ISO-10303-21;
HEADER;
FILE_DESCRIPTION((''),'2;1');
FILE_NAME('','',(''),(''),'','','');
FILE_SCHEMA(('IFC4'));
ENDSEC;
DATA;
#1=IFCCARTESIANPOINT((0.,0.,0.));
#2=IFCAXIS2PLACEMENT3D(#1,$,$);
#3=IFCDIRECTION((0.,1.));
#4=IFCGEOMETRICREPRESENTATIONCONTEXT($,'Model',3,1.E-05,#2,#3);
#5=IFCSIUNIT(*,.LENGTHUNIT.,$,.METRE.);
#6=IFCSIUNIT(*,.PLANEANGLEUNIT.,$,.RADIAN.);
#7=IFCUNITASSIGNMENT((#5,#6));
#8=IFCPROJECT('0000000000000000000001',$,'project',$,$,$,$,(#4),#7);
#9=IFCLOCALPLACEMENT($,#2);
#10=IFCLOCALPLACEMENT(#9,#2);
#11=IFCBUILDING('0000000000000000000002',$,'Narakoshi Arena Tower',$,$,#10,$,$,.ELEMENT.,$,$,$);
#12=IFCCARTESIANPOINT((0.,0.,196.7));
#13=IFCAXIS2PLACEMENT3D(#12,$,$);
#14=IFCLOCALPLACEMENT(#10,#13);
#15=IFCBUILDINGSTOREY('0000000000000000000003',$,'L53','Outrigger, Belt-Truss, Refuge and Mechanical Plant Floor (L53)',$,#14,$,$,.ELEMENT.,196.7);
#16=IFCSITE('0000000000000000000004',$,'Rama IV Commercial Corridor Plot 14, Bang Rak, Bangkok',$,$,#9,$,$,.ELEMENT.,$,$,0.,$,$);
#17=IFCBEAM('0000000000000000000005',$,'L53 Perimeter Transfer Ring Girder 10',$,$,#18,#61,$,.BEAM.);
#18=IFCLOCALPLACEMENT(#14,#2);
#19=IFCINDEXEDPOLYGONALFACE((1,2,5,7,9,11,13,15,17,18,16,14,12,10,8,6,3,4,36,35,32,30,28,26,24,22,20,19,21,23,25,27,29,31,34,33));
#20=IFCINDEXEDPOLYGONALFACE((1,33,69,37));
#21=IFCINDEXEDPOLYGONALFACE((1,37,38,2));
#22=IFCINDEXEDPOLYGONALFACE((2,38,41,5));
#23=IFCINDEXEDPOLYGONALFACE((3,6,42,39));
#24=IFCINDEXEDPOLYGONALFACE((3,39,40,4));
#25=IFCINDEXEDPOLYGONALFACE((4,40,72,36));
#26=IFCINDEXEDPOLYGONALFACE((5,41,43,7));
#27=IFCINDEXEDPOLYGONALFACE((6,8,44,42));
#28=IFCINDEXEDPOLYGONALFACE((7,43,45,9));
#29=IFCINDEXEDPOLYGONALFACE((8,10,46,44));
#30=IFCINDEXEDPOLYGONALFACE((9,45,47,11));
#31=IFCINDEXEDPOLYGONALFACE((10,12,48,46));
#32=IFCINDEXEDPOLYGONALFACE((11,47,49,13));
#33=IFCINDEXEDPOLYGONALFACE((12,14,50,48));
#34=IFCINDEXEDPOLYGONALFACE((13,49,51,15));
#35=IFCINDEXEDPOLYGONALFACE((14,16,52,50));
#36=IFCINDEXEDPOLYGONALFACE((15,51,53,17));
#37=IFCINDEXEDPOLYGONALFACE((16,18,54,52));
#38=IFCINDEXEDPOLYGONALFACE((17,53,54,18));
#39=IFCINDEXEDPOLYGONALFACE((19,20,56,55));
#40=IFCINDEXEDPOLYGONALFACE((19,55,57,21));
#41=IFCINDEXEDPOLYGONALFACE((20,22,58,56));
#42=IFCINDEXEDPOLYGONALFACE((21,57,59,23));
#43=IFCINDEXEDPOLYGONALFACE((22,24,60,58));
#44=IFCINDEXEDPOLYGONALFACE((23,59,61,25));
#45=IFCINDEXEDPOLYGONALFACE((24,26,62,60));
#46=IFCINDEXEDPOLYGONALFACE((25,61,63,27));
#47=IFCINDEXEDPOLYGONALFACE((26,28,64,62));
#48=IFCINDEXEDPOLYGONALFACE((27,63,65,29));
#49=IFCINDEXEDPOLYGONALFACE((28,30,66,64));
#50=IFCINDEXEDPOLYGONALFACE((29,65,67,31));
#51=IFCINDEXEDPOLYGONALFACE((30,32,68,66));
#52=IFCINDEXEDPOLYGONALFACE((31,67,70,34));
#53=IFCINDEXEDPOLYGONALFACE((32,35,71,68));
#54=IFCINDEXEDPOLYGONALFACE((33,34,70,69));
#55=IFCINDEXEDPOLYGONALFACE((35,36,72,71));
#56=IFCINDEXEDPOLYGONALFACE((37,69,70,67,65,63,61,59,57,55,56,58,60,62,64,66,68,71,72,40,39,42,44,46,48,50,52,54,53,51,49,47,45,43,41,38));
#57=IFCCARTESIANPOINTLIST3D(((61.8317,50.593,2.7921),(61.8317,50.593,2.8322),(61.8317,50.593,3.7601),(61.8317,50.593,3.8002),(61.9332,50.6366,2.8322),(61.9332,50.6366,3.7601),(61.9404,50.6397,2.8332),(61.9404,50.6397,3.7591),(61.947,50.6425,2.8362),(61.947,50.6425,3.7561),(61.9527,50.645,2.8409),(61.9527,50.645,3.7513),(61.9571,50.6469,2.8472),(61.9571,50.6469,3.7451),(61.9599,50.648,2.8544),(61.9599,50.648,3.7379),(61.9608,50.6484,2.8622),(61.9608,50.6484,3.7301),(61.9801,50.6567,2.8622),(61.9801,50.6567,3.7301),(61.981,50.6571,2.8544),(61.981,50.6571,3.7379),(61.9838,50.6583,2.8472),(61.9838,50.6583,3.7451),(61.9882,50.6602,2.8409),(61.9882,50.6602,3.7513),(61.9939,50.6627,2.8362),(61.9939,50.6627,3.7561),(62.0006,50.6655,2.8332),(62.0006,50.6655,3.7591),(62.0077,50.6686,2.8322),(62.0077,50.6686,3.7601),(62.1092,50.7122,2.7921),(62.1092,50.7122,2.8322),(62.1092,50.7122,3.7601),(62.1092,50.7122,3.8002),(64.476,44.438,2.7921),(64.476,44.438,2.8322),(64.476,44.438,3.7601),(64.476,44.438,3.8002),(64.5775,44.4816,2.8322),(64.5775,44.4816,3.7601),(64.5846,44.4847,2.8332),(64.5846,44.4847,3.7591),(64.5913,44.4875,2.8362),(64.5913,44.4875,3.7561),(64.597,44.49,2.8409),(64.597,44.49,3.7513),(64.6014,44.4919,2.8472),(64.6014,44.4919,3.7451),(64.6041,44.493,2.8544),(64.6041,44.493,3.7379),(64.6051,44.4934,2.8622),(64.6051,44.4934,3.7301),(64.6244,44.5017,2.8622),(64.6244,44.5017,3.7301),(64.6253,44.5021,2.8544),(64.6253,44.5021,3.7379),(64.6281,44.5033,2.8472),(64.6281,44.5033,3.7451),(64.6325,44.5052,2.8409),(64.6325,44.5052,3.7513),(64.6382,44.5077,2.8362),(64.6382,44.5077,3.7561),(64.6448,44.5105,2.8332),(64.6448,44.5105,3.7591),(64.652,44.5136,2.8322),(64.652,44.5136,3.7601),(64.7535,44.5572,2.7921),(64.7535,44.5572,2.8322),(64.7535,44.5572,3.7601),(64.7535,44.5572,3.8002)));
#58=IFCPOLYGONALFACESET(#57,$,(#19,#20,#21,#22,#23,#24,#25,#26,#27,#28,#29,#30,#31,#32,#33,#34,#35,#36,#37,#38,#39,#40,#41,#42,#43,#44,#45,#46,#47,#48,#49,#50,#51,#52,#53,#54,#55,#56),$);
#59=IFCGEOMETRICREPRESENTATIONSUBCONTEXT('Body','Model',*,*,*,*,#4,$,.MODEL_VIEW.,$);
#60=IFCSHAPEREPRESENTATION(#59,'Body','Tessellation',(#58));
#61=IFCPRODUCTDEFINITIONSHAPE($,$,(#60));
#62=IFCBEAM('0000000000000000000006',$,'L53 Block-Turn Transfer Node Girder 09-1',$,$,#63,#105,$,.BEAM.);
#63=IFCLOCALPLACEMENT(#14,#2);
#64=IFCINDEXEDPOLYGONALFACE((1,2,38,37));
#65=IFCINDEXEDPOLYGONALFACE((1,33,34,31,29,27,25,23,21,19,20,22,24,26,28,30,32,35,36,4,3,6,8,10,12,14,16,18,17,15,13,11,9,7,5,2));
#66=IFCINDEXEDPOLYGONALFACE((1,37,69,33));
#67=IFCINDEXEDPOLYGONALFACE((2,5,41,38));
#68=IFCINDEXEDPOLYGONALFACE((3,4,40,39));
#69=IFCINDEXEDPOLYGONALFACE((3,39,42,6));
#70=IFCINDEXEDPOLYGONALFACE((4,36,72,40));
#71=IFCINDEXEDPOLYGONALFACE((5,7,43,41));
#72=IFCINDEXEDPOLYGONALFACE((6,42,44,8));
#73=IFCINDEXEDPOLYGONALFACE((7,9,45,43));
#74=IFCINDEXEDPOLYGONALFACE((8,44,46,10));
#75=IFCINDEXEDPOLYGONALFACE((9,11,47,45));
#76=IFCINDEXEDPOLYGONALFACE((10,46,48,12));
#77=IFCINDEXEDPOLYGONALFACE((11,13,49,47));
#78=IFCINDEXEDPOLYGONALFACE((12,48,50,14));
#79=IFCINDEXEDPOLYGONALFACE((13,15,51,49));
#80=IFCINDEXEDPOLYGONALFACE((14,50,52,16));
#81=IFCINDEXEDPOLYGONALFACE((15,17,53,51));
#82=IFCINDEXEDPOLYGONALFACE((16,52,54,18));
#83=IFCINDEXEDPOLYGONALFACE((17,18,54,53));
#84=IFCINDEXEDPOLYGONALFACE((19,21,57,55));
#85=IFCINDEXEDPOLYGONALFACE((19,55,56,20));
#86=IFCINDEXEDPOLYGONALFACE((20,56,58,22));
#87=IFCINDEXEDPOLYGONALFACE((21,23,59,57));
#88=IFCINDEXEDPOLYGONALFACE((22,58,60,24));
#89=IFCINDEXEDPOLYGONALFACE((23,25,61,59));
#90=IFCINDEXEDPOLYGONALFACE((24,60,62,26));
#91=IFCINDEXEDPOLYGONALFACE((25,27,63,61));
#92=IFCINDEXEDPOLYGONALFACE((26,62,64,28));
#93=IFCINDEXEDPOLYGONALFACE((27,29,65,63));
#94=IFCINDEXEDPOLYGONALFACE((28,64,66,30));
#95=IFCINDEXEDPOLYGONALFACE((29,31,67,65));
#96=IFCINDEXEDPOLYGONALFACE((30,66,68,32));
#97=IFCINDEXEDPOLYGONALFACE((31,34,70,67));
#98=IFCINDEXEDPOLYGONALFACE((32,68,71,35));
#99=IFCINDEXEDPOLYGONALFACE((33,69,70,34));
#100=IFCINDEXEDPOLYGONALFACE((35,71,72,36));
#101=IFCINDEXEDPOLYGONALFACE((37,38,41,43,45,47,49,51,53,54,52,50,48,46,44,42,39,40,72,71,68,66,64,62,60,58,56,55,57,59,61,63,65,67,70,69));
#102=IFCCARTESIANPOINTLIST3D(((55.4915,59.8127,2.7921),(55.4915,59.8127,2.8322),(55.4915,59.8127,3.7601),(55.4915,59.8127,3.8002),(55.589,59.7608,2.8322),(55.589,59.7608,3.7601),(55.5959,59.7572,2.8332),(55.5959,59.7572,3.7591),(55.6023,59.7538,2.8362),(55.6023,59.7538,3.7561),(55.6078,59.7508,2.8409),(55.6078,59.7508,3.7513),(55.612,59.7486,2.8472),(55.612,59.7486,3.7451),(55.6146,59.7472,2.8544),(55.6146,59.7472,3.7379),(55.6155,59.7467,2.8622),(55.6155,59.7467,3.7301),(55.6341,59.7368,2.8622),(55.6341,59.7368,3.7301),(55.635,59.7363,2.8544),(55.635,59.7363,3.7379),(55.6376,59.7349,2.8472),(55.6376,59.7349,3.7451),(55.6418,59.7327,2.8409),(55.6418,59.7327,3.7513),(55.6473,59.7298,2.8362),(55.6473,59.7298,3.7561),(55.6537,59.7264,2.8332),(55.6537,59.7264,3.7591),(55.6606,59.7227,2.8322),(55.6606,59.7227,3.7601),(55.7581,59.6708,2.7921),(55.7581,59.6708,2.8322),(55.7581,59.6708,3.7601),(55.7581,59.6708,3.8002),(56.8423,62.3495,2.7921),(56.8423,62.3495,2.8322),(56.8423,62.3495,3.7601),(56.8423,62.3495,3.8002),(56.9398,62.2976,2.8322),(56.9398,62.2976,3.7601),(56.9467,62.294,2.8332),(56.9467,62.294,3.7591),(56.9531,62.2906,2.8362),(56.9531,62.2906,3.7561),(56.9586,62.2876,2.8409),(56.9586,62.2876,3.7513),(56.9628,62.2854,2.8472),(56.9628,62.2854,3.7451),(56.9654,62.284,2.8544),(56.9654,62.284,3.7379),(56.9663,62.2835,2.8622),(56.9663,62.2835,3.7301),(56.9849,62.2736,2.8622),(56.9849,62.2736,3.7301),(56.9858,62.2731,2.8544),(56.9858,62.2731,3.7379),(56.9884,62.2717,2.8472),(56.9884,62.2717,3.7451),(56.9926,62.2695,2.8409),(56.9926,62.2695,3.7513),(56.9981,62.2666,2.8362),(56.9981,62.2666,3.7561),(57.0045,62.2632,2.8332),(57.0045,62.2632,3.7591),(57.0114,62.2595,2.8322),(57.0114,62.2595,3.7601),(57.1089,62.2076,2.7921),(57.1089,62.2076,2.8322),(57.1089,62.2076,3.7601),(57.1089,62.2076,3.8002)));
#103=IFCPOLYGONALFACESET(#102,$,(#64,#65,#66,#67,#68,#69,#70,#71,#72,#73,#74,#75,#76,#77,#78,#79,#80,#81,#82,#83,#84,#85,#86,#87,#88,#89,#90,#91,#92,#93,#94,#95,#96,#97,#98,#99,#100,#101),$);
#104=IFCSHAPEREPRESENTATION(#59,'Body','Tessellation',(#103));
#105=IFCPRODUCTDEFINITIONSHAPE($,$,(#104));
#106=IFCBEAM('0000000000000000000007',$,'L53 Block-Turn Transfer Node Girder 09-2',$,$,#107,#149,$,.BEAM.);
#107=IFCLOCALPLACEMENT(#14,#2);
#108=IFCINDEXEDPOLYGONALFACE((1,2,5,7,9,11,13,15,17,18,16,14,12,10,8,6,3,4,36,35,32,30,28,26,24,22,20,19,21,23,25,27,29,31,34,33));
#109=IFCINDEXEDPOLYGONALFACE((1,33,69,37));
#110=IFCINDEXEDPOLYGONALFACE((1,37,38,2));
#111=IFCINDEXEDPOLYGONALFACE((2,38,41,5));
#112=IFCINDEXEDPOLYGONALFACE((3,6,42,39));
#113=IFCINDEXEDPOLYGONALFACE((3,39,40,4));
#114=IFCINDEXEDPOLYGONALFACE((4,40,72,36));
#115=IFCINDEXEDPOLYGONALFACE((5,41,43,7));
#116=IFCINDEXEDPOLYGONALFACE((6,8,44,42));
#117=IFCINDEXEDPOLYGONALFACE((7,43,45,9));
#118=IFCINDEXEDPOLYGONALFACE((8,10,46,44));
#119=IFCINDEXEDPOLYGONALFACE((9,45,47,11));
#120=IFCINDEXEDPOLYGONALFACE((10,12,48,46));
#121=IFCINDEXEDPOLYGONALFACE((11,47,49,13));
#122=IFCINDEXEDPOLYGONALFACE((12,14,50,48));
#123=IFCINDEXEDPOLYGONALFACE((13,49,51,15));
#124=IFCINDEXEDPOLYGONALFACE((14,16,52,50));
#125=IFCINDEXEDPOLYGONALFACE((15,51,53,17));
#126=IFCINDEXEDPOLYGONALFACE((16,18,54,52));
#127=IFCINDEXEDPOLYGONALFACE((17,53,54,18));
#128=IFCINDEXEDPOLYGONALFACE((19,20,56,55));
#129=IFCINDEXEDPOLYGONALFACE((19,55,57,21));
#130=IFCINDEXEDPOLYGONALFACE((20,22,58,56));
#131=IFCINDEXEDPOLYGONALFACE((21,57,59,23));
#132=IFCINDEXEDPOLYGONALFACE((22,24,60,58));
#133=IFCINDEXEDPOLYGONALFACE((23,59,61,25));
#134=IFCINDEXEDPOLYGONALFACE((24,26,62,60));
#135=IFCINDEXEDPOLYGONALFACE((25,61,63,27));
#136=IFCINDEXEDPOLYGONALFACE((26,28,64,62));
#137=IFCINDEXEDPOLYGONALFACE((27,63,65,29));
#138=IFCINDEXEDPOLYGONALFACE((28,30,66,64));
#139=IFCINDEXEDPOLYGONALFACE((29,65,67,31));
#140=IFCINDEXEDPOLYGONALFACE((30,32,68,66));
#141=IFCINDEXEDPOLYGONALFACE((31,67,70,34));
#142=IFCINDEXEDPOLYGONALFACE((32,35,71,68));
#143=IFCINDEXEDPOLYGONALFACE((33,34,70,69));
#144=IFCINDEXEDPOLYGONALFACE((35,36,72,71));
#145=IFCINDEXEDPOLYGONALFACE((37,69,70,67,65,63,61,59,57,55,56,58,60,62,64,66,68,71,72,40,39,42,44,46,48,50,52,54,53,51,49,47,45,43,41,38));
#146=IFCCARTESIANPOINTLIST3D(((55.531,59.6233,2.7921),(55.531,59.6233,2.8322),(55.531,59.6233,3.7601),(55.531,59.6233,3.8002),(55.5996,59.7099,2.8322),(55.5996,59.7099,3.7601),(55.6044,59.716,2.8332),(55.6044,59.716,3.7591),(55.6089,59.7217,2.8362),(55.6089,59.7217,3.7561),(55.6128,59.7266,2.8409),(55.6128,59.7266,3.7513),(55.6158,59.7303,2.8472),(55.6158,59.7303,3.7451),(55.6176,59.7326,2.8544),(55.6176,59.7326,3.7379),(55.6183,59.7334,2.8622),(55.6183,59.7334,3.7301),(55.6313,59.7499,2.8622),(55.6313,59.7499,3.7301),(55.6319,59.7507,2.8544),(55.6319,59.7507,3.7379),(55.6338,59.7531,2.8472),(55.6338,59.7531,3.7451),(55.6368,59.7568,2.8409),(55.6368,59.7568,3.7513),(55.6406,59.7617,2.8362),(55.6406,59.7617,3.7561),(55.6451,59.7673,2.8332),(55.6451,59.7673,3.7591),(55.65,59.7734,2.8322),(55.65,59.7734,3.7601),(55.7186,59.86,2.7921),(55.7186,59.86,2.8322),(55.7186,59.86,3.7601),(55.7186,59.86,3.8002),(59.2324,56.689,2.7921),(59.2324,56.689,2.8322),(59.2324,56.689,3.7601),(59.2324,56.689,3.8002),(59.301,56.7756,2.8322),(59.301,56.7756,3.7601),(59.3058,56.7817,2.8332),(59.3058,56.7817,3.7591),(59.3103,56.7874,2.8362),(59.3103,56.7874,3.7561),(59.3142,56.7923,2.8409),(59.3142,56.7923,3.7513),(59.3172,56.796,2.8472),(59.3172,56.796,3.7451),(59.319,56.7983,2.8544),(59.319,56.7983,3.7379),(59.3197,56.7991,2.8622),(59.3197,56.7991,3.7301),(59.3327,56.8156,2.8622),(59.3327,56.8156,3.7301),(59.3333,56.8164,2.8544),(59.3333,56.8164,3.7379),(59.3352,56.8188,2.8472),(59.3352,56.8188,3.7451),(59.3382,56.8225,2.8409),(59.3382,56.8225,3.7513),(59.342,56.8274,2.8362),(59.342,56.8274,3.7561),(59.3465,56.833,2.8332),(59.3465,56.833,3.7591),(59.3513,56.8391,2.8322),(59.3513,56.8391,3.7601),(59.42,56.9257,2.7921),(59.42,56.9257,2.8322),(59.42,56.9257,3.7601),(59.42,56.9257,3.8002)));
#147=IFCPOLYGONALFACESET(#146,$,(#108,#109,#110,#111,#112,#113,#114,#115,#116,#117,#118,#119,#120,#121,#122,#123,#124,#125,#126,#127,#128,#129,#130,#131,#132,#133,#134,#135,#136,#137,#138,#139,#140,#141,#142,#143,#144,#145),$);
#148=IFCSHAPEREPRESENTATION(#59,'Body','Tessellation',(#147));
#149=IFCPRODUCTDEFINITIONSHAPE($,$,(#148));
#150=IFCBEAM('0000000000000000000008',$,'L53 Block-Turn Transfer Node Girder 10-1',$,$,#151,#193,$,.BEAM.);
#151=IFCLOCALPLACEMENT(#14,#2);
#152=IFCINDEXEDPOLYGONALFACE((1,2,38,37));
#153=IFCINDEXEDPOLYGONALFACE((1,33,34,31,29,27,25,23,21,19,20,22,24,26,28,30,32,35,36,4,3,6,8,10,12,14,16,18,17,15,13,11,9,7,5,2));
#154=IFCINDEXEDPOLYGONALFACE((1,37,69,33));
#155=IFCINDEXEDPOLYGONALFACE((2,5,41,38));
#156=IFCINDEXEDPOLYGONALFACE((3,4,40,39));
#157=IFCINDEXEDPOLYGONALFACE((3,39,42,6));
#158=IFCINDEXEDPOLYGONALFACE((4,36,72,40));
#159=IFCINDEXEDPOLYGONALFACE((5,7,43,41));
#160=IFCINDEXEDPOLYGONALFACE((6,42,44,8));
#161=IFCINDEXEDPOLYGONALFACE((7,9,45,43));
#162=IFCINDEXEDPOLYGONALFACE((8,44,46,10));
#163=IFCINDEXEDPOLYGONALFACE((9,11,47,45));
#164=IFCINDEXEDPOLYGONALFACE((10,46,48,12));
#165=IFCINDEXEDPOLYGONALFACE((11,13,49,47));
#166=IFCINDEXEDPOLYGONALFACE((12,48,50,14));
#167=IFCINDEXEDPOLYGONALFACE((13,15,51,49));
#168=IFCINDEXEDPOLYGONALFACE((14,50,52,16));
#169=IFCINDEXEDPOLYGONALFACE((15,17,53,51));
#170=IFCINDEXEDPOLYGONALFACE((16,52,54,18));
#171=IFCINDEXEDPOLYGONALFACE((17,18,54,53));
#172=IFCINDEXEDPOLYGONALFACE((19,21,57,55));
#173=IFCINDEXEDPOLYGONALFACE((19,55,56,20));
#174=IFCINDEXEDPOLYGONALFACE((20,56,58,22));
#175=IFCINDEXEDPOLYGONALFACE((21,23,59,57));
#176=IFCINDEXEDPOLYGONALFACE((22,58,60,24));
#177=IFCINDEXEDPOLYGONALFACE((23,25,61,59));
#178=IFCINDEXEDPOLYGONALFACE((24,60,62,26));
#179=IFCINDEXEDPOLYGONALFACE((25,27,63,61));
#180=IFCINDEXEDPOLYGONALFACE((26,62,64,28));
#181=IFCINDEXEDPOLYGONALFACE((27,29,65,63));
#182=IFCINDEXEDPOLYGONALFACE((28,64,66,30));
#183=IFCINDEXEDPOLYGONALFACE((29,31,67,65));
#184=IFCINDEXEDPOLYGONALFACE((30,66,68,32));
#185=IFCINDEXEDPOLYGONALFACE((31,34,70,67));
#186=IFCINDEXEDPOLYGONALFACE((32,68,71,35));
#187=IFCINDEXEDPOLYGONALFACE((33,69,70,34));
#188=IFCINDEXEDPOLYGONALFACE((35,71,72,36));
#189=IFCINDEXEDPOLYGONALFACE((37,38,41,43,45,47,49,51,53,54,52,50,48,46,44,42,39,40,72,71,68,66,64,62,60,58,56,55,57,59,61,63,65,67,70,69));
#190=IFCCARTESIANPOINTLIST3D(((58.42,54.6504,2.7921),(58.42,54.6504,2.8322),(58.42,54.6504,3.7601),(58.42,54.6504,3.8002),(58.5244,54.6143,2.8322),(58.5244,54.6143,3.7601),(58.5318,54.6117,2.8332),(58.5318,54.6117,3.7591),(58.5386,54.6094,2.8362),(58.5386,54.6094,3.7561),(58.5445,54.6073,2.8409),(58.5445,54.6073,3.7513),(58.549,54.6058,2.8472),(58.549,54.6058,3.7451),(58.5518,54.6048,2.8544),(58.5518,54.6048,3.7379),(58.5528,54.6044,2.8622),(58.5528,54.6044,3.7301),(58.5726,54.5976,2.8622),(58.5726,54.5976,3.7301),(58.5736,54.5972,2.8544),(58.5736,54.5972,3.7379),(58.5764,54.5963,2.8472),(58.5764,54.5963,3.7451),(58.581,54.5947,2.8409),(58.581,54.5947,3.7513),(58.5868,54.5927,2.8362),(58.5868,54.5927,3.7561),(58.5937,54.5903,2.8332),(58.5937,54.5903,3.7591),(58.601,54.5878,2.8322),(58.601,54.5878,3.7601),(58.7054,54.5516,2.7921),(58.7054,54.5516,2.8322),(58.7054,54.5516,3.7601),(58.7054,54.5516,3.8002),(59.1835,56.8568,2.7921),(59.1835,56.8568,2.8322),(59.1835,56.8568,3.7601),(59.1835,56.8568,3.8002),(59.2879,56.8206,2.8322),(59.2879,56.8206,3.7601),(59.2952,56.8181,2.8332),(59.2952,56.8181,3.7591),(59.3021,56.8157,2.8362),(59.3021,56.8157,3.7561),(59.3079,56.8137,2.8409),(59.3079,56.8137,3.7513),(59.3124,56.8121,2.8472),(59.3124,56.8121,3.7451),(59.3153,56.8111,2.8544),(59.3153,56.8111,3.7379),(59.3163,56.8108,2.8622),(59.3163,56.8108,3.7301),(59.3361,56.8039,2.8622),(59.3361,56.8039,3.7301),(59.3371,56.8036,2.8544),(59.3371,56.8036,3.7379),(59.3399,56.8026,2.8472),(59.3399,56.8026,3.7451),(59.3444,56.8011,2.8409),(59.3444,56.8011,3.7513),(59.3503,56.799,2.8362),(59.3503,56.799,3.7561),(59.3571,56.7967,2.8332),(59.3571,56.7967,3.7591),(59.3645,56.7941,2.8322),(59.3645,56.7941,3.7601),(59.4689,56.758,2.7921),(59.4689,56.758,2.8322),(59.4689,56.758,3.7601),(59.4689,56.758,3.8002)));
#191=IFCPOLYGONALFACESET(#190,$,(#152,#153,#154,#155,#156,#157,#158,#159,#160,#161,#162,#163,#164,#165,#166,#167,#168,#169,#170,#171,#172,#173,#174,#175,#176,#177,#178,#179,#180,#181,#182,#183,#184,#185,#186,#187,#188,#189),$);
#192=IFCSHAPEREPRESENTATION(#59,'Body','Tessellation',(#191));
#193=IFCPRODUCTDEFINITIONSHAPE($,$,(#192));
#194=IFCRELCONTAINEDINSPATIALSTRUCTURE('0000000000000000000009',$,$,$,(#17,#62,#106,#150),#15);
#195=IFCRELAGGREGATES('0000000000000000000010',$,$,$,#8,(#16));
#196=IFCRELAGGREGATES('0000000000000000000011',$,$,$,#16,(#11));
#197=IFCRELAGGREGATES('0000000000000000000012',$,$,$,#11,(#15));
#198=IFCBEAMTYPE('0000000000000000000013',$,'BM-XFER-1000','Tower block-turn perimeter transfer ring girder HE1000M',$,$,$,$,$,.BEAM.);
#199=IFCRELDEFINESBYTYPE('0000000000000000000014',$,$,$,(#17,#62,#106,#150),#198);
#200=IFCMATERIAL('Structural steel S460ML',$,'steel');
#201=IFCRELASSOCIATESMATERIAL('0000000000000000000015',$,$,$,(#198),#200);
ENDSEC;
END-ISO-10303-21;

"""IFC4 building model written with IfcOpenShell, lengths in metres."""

from ifc_helpers import new_model, si_unit, direction, frame, origin, origin_2d, place, context, subcontext, project, spatial, i_section, extrude, material, material_profile, profile_set, type_object, element, save


model = new_model("IFC4")

# Units and contexts
model_context = context("Model", 3, precision=1e-05, world=origin(), true_north=direction((0.0, 1.0)))
body_context = subcontext(model_context, "Body", "Model", "MODEL_VIEW")
ifc_project = project(units=[si_unit("LENGTHUNIT", "METRE"), si_unit("PLANEANGLEUNIT", "RADIAN")], contexts=[model_context])

# Site, building, storey
site_placement = place(None, origin())
site = spatial("IfcSite", under=ifc_project, at=site_placement, Name="Rama IV Commercial Corridor Plot 14, Bang Rak, Bangkok", CompositionType="ELEMENT", RefElevation=0.0)
building_placement = place(site_placement, origin())
building = spatial("IfcBuilding", under=site, at=building_placement, Name="Narakoshi Arena Tower", CompositionType="ELEMENT")
storey_placement = place(building_placement, frame((0.0, 0.0, 196.7)))
storey = spatial("IfcBuildingStorey", under=building, at=storey_placement, Name="L53", Description="Outrigger, Belt-Truss, Refuge and Mechanical Plant Floor (L53)", CompositionType="ELEMENT", Elevation=196.7)

# Shared definitions
ifc_material_1 = material(Name="Structural steel S460ML", Category="steel")

# Beams
ifc_material_profile_1 = material_profile(ifc_material_1, i_section(OverallWidth=0.302, OverallDepth=1.0081, WebThickness=0.021, FlangeThickness=0.04, FilletRadius=0.03, at=origin_2d()), Name="HE1000M")
ifc_profile_set_1 = profile_set([ifc_material_profile_1], Name="Structural steel S460ML")
beam_type_1 = type_object("IfcBeamType", Name="BM-XFER-1000", Description="Tower block-turn perimeter transfer ring girder HE1000M", PredefinedType="BEAM", material=ifc_profile_set_1)
beam_1_placement = place(storey_placement, frame((61.9705, 50.6526, 3.2961), z_axis=(0.394728, -0.918798, 0.0), x_axis=(0.918798, 0.394728, 0.0)))
element("IfcBeam", 1, at=beam_1_placement, inside=storey, type_object=beam_type_1, Name="L53 Perimeter Transfer Ring Girder 10", PredefinedType="BEAM", context=body_context, shape_type="SweptSolid", body=[
    extrude(i_section(OverallWidth=0.302, OverallDepth=1.0081, WebThickness=0.021, FlangeThickness=0.04, FilletRadius=0.03, at=origin_2d()), origin(), (0.0, 0.0, 1.0), 6.699),
])
beam_2_placement = place(storey_placement, frame((56.9756, 62.2786, 3.2961), z_axis=(-0.470002, -0.882665, 0.0), x_axis=(0.882665, -0.470002, 0.0)))
element("IfcBeam", 2, at=beam_2_placement, inside=storey, type_object=beam_type_1, Name="L53 Block-Turn Transfer Node Girder 09-1", PredefinedType="BEAM", context=body_context, shape_type="SweptSolid", body=[
    extrude(i_section(OverallWidth=0.302, OverallDepth=1.0081, WebThickness=0.021, FlangeThickness=0.04, FilletRadius=0.03, at=origin_2d()), origin(), (0.0, 0.0, 1.0), 2.874),
])
beam_3_placement = place(storey_placement, frame((59.3262, 56.8074, 3.2961), z_axis=(-0.78363, 0.621228, 0.0), x_axis=(-0.621228, -0.78363, 0.0)))
element("IfcBeam", 3, at=beam_3_placement, inside=storey, type_object=beam_type_1, Name="L53 Block-Turn Transfer Node Girder 09-2", PredefinedType="BEAM", context=body_context, shape_type="SweptSolid", body=[
    extrude(i_section(OverallWidth=0.302, OverallDepth=1.0081, WebThickness=0.021, FlangeThickness=0.04, FilletRadius=0.03, at=origin_2d()), origin(), (0.0, 0.0, 1.0), 4.7234),
])
beam_4_placement = place(storey_placement, frame((59.3262, 56.8074, 3.2961), z_axis=(-0.326999, -0.945025, 0.0), x_axis=(0.945025, -0.326999, 0.0)))
element("IfcBeam", 4, at=beam_4_placement, inside=storey, type_object=beam_type_1, Name="L53 Block-Turn Transfer Node Girder 10-1", PredefinedType="BEAM", context=body_context, shape_type="SweptSolid", body=[
    extrude(i_section(OverallWidth=0.302, OverallDepth=1.0081, WebThickness=0.021, FlangeThickness=0.04, FilletRadius=0.03, at=origin_2d()), origin(), (0.0, 0.0, 1.0), 2.3347),
])

save(model, "model.ifc")
